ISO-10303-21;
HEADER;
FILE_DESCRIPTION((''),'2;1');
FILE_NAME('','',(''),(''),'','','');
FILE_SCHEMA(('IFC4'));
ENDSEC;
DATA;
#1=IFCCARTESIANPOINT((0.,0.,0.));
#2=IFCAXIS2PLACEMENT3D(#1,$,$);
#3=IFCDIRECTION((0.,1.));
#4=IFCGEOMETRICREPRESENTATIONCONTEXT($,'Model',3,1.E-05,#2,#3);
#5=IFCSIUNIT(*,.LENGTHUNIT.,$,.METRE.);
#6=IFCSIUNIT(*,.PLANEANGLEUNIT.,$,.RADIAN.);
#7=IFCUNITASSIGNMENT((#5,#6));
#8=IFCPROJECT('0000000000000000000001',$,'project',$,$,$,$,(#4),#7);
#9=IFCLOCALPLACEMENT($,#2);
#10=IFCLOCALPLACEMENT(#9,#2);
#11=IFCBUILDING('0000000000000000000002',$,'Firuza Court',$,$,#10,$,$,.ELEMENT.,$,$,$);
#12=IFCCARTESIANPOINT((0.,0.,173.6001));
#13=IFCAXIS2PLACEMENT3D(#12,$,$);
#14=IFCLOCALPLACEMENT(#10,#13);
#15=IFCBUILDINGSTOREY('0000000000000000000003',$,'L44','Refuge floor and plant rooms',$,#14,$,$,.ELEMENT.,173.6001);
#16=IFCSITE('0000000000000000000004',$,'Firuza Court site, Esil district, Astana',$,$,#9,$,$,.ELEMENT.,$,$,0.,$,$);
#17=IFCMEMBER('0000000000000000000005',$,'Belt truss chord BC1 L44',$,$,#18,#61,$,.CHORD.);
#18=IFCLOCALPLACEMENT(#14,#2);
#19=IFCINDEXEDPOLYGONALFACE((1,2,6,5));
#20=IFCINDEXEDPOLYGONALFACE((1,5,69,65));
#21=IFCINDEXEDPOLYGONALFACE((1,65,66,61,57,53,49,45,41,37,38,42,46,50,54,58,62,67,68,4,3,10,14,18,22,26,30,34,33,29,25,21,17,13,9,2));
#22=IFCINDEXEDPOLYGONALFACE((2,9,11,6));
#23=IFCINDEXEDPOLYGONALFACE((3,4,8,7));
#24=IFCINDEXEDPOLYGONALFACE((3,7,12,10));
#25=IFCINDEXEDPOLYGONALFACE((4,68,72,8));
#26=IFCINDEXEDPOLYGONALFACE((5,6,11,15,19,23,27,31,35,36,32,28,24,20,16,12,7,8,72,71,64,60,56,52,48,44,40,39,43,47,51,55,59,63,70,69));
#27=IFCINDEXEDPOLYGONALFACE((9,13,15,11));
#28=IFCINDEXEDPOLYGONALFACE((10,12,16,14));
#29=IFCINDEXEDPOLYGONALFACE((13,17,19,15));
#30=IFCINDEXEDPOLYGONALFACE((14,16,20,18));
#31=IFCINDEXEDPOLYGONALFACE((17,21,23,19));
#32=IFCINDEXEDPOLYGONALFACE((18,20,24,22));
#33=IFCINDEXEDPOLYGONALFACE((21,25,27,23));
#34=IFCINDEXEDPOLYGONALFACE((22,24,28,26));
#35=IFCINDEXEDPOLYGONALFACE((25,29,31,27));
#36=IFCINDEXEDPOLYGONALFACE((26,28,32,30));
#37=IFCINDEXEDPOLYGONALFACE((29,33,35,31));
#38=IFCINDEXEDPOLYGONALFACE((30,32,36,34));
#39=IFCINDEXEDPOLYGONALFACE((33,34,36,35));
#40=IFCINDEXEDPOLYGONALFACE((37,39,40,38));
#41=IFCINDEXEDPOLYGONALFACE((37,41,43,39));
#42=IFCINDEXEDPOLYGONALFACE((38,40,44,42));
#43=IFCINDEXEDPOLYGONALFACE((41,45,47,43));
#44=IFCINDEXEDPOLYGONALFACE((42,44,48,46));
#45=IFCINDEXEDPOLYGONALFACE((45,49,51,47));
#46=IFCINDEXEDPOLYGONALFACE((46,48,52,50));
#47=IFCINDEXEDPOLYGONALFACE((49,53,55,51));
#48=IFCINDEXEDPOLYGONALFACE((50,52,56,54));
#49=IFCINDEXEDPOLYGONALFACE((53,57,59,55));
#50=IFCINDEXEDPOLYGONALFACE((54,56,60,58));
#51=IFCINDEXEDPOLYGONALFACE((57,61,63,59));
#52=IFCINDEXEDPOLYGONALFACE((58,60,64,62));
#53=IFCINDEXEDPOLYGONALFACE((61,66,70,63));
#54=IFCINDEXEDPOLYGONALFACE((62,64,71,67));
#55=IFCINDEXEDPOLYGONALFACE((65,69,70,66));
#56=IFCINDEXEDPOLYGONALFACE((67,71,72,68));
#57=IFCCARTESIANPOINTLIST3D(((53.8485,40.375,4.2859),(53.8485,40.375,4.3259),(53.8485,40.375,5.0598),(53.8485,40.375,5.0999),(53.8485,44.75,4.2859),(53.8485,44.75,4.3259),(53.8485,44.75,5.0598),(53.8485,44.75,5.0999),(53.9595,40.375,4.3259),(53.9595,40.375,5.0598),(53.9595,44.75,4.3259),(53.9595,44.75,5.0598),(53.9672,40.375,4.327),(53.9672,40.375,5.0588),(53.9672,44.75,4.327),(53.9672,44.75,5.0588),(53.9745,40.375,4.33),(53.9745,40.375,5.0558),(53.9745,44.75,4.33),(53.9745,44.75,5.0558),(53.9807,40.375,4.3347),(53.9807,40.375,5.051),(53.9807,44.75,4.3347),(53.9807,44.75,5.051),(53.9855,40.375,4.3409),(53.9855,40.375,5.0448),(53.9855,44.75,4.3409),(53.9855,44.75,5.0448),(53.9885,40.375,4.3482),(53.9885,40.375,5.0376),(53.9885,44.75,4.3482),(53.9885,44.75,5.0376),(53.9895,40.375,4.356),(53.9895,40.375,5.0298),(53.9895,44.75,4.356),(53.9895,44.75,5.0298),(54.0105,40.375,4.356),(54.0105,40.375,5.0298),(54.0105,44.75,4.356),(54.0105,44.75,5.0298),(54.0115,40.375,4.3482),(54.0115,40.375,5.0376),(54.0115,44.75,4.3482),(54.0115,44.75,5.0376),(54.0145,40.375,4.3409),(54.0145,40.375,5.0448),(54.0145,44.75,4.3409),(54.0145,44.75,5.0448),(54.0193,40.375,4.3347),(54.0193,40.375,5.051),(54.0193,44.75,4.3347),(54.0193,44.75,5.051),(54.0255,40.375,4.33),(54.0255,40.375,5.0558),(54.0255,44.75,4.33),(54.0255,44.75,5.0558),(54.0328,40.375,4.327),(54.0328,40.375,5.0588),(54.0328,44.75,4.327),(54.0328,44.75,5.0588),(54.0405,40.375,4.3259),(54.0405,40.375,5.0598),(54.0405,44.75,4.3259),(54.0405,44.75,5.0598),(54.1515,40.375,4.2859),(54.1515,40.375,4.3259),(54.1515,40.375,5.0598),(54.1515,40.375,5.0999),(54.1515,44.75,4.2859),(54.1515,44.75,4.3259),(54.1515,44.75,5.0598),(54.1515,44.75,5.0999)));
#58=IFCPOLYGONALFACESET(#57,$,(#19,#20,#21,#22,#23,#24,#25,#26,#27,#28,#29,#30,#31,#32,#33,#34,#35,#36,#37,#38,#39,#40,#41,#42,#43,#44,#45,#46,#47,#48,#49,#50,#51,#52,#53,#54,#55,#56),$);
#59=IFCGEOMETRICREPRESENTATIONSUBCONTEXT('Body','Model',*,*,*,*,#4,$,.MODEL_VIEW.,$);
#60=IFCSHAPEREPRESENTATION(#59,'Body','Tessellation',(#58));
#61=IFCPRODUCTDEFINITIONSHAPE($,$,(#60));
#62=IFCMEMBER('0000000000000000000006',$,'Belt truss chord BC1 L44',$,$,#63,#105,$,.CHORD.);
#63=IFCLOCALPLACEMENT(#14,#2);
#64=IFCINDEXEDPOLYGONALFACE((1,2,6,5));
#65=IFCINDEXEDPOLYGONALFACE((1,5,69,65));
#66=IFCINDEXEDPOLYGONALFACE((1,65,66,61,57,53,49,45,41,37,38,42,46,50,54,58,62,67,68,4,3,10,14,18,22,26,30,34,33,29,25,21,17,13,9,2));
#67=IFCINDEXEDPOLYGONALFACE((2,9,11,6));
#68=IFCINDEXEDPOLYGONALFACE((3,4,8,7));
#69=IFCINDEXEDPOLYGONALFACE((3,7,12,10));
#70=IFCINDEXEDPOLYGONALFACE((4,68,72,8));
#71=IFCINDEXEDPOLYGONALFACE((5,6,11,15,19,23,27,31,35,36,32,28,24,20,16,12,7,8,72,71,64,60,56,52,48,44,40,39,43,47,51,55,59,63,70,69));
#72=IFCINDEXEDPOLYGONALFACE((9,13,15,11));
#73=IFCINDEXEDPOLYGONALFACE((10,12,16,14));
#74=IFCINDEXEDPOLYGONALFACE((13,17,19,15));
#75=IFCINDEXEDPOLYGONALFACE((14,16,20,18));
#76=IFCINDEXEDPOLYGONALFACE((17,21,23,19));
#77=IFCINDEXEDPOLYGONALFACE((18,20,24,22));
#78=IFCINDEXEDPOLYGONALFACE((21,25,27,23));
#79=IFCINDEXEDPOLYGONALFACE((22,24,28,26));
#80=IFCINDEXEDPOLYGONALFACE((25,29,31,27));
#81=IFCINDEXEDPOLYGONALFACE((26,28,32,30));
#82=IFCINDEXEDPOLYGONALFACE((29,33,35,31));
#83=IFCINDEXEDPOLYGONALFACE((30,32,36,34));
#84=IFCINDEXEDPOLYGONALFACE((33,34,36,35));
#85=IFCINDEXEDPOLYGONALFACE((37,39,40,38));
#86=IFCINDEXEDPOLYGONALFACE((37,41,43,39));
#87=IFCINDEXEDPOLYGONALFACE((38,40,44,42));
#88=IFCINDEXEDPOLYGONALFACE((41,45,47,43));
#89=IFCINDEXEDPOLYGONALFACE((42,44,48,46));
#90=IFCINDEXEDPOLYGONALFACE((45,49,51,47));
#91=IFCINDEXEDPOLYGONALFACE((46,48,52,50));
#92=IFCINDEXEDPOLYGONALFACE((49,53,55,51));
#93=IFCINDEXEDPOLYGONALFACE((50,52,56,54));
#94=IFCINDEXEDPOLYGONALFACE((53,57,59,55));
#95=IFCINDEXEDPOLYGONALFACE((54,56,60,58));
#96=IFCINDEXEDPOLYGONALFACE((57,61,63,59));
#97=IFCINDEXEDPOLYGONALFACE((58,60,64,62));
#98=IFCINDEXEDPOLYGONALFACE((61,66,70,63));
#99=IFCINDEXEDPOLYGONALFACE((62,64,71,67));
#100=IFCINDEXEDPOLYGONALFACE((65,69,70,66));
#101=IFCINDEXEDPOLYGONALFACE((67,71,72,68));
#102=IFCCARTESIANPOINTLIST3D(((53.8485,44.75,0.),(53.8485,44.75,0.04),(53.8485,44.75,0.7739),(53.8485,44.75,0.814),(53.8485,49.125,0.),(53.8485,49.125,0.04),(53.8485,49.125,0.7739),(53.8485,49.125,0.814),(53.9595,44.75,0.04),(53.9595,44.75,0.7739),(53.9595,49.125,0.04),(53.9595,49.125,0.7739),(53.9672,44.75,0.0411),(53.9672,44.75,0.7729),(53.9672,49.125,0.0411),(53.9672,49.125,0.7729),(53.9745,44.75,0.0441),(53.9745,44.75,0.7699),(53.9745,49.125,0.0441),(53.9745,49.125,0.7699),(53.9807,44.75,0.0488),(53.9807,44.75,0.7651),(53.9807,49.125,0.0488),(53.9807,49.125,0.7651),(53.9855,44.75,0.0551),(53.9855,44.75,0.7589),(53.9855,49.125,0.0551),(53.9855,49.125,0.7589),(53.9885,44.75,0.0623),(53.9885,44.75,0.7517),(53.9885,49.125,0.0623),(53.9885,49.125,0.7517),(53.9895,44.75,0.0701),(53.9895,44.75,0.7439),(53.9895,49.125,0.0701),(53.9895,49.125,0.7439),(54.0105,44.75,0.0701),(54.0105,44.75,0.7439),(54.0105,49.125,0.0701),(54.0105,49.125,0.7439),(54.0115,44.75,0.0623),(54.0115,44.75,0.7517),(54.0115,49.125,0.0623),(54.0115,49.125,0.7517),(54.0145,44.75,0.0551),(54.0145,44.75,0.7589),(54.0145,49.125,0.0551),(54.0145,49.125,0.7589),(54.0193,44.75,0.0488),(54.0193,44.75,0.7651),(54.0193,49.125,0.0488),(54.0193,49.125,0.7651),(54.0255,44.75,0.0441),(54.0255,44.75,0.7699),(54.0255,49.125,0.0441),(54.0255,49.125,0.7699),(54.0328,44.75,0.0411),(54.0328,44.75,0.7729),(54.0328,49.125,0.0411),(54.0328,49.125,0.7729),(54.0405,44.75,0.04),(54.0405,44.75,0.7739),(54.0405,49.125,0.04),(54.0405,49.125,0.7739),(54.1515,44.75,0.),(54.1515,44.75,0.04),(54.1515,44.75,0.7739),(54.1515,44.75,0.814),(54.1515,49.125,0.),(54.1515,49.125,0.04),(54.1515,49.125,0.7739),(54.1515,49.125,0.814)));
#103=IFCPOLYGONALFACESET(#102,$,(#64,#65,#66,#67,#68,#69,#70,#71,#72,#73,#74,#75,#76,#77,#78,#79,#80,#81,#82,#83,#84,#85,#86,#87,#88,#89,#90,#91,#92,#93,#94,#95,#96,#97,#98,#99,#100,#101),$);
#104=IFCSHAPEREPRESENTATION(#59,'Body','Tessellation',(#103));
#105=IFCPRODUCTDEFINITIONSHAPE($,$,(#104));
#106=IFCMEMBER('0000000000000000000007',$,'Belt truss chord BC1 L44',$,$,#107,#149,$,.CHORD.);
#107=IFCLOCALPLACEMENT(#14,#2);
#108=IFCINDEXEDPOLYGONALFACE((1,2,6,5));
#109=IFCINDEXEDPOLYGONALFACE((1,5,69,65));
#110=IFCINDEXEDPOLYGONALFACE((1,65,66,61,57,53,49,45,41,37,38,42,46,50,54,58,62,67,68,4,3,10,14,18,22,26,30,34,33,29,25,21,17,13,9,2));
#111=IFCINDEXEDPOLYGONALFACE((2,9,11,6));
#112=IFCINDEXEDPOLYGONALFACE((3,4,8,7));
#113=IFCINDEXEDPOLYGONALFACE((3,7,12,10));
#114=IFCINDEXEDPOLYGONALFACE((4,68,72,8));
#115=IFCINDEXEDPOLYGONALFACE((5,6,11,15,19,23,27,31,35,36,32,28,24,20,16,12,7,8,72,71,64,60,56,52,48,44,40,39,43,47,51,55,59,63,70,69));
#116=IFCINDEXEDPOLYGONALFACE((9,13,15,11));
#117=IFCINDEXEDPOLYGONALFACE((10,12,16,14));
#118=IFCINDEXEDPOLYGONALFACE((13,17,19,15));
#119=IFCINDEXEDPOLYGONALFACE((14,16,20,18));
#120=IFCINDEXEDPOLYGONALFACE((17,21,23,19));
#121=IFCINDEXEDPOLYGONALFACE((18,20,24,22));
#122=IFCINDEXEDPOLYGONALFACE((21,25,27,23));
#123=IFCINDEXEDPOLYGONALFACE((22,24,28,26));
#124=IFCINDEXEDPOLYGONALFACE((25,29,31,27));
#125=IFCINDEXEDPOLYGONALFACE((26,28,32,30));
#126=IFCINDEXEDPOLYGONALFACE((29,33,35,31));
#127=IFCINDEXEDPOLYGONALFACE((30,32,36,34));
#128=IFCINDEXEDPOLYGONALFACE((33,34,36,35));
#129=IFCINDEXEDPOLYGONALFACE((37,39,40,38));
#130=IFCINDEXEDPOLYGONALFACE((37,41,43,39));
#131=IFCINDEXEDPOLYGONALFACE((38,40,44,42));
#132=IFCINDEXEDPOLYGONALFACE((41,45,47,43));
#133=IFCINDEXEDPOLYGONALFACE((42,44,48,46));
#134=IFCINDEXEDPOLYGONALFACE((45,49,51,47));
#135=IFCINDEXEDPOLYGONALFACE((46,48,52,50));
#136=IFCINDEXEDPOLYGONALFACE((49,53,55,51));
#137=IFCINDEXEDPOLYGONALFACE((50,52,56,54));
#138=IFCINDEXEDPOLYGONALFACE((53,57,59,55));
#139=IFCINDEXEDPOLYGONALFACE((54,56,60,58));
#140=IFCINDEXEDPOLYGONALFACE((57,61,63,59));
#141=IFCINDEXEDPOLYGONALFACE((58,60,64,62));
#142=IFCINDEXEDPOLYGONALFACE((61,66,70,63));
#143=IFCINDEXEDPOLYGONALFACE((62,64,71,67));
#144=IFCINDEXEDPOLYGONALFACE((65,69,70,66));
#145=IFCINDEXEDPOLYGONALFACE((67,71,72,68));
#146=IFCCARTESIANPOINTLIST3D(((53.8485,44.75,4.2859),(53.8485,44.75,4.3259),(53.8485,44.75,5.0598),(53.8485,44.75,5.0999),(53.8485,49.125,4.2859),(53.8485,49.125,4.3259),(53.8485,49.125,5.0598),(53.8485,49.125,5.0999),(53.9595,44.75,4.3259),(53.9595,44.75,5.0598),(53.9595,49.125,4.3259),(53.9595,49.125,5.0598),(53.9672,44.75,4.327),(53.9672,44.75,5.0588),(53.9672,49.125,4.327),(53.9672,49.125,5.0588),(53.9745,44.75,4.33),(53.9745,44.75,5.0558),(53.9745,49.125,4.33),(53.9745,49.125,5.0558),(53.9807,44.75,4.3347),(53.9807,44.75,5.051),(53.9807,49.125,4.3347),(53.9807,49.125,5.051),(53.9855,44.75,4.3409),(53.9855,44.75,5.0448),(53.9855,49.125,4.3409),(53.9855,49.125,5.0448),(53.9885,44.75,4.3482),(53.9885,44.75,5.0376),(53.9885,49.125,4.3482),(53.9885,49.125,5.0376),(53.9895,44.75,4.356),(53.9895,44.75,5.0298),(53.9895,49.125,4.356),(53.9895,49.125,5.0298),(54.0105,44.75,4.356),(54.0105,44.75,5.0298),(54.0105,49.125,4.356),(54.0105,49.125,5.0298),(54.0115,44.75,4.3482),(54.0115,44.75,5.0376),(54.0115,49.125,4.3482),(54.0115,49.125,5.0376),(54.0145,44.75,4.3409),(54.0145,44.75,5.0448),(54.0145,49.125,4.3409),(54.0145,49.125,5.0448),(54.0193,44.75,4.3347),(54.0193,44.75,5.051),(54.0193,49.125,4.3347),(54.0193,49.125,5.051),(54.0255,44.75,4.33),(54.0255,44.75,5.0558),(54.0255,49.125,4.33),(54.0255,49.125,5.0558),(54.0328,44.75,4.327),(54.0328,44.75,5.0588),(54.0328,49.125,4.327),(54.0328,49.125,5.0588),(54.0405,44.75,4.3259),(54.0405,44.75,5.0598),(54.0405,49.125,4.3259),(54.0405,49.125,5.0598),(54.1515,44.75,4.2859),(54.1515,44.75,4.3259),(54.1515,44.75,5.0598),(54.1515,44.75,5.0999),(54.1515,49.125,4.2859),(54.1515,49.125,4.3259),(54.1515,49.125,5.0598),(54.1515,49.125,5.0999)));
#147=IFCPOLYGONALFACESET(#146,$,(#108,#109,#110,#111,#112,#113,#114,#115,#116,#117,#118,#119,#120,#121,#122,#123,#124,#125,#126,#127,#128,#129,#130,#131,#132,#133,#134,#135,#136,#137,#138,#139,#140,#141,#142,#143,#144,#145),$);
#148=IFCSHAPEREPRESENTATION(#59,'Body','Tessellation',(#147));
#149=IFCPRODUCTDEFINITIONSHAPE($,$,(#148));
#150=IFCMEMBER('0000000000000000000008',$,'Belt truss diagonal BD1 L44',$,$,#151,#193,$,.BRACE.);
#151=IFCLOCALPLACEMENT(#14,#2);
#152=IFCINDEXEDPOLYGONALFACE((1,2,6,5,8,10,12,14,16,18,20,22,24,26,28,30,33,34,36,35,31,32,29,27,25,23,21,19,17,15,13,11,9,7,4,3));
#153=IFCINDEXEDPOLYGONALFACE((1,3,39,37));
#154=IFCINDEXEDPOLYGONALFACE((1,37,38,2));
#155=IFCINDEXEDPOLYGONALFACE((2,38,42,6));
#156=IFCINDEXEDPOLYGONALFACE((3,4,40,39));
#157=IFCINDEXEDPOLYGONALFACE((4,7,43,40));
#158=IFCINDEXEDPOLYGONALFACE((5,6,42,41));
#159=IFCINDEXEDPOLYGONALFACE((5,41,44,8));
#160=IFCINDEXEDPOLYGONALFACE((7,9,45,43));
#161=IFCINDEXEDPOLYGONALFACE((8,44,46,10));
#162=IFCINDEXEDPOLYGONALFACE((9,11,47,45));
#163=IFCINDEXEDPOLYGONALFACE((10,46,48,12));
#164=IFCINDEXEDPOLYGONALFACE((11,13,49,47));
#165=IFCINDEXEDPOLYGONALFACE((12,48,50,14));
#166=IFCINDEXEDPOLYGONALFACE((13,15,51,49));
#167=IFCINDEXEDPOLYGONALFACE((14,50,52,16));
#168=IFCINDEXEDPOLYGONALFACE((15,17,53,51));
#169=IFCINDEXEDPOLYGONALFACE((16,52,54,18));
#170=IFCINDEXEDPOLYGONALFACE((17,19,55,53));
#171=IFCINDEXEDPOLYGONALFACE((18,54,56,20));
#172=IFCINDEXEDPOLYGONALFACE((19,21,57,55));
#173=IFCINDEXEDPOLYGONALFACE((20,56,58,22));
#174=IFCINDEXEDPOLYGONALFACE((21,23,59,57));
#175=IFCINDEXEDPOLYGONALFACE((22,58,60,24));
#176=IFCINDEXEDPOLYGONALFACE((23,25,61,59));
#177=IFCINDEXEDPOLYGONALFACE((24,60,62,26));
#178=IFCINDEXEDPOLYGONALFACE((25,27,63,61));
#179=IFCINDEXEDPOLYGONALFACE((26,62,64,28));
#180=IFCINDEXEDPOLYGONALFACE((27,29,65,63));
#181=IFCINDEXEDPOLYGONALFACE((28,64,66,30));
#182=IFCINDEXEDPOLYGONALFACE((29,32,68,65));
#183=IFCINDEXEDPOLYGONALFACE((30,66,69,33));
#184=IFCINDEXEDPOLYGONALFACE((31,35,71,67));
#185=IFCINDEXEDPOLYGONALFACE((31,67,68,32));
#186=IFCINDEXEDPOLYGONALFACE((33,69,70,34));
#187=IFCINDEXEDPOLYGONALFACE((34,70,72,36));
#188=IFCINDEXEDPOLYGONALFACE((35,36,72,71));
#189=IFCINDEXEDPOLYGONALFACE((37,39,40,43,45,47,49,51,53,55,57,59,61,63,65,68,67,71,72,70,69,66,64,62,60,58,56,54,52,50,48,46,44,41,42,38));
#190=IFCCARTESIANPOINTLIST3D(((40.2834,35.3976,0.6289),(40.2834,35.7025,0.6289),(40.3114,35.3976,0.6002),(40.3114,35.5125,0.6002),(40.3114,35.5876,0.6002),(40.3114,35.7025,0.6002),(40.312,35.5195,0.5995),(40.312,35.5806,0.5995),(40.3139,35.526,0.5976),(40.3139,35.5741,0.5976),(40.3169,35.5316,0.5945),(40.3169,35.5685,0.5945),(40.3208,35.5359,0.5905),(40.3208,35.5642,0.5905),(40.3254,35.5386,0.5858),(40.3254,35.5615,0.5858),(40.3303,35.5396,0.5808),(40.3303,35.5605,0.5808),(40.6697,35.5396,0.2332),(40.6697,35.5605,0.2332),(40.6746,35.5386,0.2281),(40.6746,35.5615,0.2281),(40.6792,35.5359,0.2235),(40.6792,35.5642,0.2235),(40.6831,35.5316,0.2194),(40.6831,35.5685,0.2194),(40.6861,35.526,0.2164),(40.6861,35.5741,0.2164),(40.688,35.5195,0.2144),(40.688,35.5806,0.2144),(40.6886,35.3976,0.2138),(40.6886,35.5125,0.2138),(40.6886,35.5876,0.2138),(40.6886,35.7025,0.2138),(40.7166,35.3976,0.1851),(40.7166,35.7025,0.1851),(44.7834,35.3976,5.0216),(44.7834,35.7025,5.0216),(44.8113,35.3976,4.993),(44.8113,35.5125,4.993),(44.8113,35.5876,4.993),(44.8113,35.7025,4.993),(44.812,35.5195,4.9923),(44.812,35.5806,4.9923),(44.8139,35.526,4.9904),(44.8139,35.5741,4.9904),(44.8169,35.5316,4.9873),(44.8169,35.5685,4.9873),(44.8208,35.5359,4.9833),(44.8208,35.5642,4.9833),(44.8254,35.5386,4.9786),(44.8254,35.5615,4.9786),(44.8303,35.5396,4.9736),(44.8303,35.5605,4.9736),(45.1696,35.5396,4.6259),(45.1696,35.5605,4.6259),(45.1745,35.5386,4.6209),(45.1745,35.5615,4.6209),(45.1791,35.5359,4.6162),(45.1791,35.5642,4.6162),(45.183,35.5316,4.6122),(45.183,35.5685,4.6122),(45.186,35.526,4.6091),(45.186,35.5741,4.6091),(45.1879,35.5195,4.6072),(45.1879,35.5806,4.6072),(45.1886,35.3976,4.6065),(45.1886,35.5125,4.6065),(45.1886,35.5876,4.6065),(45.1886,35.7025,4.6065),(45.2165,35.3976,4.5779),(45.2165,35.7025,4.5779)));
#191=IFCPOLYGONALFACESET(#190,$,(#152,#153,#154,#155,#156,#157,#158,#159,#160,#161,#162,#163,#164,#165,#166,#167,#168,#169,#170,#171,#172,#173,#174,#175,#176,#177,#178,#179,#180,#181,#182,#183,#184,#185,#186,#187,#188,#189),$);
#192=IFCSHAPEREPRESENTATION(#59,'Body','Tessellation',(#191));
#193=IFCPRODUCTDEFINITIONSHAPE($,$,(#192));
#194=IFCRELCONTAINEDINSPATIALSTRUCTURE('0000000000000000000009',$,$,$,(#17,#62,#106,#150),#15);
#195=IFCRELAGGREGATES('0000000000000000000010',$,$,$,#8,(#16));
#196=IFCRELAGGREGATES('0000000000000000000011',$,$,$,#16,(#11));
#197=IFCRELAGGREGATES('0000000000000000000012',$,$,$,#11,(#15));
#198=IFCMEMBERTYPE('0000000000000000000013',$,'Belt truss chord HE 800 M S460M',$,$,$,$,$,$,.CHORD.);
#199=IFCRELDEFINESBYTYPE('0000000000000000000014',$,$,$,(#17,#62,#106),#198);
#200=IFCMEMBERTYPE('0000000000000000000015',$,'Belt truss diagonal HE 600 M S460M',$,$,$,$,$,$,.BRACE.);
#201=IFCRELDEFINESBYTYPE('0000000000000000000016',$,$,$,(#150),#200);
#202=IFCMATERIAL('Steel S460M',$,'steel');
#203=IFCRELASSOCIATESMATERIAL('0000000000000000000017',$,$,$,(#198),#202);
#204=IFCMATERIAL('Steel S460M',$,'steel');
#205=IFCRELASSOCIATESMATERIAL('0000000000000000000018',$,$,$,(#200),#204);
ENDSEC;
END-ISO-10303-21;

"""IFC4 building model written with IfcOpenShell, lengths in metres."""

from ifc_helpers import new_model, si_unit, direction, frame, origin, origin_2d, place, context, subcontext, project, spatial, i_section, extrude, material, material_profile, profile_set, type_object, element, save


model = new_model("IFC4")

# Units and contexts
model_context = context("Model", 3, precision=1e-05, world=origin(), true_north=direction((0.0, 1.0)))
body_context = subcontext(model_context, "Body", "Model", "MODEL_VIEW")
ifc_project = project(units=[si_unit("LENGTHUNIT", "METRE"), si_unit("PLANEANGLEUNIT", "RADIAN")], contexts=[model_context])

# Site, building, storey
site_placement = place(None, origin())
site = spatial("IfcSite", under=ifc_project, at=site_placement, Name="Firuza Court site, Esil district, Astana", CompositionType="ELEMENT", RefElevation=0.0)
building_placement = place(site_placement, origin())
building = spatial("IfcBuilding", under=site, at=building_placement, Name="Firuza Court", CompositionType="ELEMENT")
storey_placement = place(building_placement, frame((0.0, 0.0, 173.6001)))
storey = spatial("IfcBuildingStorey", under=building, at=storey_placement, Name="L44", Description="Refuge floor and plant rooms", CompositionType="ELEMENT", Elevation=173.6001)

# Members
ifc_material_1 = material(Name="Steel S460M", Category="steel")
ifc_material_profile_1 = material_profile(ifc_material_1, i_section(OverallWidth=0.303, OverallDepth=0.814, WebThickness=0.021, FlangeThickness=0.04, FilletRadius=0.03, at=origin_2d()), Name="HE 800 M")
ifc_profile_set_1 = profile_set([ifc_material_profile_1], Name="Steel S460M")
member_type_1 = type_object("IfcMemberType", Name="Belt truss chord HE 800 M S460M", PredefinedType="CHORD", material=ifc_profile_set_1)
for number, where, z_axis, x_axis, name in (
    (1, (54.0, 40.375, 4.6929), (0.0, 1.0, 0.0), (-1.0, 0.0, 0.0), "Belt truss chord BC1 L44"),
    (2, (54.0, 44.75, 0.407), (0.0, 1.0, 0.0), (-1.0, 0.0, 0.0), "Belt truss chord BC1 L44"),
    (3, (54.0, 44.75, 4.6929), (0.0, 1.0, 0.0), (-1.0, 0.0, 0.0), "Belt truss chord BC1 L44"),
):
    element("IfcMember", number, at=place(storey_placement, frame(where, z_axis=z_axis, x_axis=x_axis)), inside=storey, type_object=member_type_1, Name=name, PredefinedType="CHORD", context=body_context, shape_type="SweptSolid", body=[
        extrude(i_section(OverallWidth=0.303, OverallDepth=0.814, WebThickness=0.021, FlangeThickness=0.04, FilletRadius=0.03, at=origin_2d()), origin(), (0.0, 0.0, 1.0), 4.375),
    ])
ifc_material_2 = material(Name="Steel S460M", Category="steel")
ifc_material_profile_2 = material_profile(ifc_material_2, i_section(OverallWidth=0.3049, OverallDepth=0.6201, WebThickness=0.021, FlangeThickness=0.04, FilletRadius=0.0271, at=origin_2d()), Name="HE 600 M")
ifc_profile_set_2 = profile_set([ifc_material_profile_2], Name="Steel S460M")
member_type_2 = type_object("IfcMemberType", Name="Belt truss diagonal HE 600 M S460M", PredefinedType="BRACE", material=ifc_profile_set_2)
for number, where, z_axis, x_axis, name in (
    (4, (40.5, 35.55, 0.407), (0.715577, 0.0, 0.698534), (0.0, 1.0, 0.0), "Belt truss diagonal BD1 L44"),
):
    element("IfcMember", number, at=place(storey_placement, frame(where, z_axis=z_axis, x_axis=x_axis)), inside=storey, type_object=member_type_2, Name=name, PredefinedType="BRACE", context=body_context, shape_type="SweptSolid", body=[
        extrude(i_section(OverallWidth=0.3049, OverallDepth=0.6201, WebThickness=0.021, FlangeThickness=0.04, FilletRadius=0.0271, at=origin_2d()), origin(), (0.0, 0.0, 1.0), 6.2886),
    ])

save(model, "model.ifc")
